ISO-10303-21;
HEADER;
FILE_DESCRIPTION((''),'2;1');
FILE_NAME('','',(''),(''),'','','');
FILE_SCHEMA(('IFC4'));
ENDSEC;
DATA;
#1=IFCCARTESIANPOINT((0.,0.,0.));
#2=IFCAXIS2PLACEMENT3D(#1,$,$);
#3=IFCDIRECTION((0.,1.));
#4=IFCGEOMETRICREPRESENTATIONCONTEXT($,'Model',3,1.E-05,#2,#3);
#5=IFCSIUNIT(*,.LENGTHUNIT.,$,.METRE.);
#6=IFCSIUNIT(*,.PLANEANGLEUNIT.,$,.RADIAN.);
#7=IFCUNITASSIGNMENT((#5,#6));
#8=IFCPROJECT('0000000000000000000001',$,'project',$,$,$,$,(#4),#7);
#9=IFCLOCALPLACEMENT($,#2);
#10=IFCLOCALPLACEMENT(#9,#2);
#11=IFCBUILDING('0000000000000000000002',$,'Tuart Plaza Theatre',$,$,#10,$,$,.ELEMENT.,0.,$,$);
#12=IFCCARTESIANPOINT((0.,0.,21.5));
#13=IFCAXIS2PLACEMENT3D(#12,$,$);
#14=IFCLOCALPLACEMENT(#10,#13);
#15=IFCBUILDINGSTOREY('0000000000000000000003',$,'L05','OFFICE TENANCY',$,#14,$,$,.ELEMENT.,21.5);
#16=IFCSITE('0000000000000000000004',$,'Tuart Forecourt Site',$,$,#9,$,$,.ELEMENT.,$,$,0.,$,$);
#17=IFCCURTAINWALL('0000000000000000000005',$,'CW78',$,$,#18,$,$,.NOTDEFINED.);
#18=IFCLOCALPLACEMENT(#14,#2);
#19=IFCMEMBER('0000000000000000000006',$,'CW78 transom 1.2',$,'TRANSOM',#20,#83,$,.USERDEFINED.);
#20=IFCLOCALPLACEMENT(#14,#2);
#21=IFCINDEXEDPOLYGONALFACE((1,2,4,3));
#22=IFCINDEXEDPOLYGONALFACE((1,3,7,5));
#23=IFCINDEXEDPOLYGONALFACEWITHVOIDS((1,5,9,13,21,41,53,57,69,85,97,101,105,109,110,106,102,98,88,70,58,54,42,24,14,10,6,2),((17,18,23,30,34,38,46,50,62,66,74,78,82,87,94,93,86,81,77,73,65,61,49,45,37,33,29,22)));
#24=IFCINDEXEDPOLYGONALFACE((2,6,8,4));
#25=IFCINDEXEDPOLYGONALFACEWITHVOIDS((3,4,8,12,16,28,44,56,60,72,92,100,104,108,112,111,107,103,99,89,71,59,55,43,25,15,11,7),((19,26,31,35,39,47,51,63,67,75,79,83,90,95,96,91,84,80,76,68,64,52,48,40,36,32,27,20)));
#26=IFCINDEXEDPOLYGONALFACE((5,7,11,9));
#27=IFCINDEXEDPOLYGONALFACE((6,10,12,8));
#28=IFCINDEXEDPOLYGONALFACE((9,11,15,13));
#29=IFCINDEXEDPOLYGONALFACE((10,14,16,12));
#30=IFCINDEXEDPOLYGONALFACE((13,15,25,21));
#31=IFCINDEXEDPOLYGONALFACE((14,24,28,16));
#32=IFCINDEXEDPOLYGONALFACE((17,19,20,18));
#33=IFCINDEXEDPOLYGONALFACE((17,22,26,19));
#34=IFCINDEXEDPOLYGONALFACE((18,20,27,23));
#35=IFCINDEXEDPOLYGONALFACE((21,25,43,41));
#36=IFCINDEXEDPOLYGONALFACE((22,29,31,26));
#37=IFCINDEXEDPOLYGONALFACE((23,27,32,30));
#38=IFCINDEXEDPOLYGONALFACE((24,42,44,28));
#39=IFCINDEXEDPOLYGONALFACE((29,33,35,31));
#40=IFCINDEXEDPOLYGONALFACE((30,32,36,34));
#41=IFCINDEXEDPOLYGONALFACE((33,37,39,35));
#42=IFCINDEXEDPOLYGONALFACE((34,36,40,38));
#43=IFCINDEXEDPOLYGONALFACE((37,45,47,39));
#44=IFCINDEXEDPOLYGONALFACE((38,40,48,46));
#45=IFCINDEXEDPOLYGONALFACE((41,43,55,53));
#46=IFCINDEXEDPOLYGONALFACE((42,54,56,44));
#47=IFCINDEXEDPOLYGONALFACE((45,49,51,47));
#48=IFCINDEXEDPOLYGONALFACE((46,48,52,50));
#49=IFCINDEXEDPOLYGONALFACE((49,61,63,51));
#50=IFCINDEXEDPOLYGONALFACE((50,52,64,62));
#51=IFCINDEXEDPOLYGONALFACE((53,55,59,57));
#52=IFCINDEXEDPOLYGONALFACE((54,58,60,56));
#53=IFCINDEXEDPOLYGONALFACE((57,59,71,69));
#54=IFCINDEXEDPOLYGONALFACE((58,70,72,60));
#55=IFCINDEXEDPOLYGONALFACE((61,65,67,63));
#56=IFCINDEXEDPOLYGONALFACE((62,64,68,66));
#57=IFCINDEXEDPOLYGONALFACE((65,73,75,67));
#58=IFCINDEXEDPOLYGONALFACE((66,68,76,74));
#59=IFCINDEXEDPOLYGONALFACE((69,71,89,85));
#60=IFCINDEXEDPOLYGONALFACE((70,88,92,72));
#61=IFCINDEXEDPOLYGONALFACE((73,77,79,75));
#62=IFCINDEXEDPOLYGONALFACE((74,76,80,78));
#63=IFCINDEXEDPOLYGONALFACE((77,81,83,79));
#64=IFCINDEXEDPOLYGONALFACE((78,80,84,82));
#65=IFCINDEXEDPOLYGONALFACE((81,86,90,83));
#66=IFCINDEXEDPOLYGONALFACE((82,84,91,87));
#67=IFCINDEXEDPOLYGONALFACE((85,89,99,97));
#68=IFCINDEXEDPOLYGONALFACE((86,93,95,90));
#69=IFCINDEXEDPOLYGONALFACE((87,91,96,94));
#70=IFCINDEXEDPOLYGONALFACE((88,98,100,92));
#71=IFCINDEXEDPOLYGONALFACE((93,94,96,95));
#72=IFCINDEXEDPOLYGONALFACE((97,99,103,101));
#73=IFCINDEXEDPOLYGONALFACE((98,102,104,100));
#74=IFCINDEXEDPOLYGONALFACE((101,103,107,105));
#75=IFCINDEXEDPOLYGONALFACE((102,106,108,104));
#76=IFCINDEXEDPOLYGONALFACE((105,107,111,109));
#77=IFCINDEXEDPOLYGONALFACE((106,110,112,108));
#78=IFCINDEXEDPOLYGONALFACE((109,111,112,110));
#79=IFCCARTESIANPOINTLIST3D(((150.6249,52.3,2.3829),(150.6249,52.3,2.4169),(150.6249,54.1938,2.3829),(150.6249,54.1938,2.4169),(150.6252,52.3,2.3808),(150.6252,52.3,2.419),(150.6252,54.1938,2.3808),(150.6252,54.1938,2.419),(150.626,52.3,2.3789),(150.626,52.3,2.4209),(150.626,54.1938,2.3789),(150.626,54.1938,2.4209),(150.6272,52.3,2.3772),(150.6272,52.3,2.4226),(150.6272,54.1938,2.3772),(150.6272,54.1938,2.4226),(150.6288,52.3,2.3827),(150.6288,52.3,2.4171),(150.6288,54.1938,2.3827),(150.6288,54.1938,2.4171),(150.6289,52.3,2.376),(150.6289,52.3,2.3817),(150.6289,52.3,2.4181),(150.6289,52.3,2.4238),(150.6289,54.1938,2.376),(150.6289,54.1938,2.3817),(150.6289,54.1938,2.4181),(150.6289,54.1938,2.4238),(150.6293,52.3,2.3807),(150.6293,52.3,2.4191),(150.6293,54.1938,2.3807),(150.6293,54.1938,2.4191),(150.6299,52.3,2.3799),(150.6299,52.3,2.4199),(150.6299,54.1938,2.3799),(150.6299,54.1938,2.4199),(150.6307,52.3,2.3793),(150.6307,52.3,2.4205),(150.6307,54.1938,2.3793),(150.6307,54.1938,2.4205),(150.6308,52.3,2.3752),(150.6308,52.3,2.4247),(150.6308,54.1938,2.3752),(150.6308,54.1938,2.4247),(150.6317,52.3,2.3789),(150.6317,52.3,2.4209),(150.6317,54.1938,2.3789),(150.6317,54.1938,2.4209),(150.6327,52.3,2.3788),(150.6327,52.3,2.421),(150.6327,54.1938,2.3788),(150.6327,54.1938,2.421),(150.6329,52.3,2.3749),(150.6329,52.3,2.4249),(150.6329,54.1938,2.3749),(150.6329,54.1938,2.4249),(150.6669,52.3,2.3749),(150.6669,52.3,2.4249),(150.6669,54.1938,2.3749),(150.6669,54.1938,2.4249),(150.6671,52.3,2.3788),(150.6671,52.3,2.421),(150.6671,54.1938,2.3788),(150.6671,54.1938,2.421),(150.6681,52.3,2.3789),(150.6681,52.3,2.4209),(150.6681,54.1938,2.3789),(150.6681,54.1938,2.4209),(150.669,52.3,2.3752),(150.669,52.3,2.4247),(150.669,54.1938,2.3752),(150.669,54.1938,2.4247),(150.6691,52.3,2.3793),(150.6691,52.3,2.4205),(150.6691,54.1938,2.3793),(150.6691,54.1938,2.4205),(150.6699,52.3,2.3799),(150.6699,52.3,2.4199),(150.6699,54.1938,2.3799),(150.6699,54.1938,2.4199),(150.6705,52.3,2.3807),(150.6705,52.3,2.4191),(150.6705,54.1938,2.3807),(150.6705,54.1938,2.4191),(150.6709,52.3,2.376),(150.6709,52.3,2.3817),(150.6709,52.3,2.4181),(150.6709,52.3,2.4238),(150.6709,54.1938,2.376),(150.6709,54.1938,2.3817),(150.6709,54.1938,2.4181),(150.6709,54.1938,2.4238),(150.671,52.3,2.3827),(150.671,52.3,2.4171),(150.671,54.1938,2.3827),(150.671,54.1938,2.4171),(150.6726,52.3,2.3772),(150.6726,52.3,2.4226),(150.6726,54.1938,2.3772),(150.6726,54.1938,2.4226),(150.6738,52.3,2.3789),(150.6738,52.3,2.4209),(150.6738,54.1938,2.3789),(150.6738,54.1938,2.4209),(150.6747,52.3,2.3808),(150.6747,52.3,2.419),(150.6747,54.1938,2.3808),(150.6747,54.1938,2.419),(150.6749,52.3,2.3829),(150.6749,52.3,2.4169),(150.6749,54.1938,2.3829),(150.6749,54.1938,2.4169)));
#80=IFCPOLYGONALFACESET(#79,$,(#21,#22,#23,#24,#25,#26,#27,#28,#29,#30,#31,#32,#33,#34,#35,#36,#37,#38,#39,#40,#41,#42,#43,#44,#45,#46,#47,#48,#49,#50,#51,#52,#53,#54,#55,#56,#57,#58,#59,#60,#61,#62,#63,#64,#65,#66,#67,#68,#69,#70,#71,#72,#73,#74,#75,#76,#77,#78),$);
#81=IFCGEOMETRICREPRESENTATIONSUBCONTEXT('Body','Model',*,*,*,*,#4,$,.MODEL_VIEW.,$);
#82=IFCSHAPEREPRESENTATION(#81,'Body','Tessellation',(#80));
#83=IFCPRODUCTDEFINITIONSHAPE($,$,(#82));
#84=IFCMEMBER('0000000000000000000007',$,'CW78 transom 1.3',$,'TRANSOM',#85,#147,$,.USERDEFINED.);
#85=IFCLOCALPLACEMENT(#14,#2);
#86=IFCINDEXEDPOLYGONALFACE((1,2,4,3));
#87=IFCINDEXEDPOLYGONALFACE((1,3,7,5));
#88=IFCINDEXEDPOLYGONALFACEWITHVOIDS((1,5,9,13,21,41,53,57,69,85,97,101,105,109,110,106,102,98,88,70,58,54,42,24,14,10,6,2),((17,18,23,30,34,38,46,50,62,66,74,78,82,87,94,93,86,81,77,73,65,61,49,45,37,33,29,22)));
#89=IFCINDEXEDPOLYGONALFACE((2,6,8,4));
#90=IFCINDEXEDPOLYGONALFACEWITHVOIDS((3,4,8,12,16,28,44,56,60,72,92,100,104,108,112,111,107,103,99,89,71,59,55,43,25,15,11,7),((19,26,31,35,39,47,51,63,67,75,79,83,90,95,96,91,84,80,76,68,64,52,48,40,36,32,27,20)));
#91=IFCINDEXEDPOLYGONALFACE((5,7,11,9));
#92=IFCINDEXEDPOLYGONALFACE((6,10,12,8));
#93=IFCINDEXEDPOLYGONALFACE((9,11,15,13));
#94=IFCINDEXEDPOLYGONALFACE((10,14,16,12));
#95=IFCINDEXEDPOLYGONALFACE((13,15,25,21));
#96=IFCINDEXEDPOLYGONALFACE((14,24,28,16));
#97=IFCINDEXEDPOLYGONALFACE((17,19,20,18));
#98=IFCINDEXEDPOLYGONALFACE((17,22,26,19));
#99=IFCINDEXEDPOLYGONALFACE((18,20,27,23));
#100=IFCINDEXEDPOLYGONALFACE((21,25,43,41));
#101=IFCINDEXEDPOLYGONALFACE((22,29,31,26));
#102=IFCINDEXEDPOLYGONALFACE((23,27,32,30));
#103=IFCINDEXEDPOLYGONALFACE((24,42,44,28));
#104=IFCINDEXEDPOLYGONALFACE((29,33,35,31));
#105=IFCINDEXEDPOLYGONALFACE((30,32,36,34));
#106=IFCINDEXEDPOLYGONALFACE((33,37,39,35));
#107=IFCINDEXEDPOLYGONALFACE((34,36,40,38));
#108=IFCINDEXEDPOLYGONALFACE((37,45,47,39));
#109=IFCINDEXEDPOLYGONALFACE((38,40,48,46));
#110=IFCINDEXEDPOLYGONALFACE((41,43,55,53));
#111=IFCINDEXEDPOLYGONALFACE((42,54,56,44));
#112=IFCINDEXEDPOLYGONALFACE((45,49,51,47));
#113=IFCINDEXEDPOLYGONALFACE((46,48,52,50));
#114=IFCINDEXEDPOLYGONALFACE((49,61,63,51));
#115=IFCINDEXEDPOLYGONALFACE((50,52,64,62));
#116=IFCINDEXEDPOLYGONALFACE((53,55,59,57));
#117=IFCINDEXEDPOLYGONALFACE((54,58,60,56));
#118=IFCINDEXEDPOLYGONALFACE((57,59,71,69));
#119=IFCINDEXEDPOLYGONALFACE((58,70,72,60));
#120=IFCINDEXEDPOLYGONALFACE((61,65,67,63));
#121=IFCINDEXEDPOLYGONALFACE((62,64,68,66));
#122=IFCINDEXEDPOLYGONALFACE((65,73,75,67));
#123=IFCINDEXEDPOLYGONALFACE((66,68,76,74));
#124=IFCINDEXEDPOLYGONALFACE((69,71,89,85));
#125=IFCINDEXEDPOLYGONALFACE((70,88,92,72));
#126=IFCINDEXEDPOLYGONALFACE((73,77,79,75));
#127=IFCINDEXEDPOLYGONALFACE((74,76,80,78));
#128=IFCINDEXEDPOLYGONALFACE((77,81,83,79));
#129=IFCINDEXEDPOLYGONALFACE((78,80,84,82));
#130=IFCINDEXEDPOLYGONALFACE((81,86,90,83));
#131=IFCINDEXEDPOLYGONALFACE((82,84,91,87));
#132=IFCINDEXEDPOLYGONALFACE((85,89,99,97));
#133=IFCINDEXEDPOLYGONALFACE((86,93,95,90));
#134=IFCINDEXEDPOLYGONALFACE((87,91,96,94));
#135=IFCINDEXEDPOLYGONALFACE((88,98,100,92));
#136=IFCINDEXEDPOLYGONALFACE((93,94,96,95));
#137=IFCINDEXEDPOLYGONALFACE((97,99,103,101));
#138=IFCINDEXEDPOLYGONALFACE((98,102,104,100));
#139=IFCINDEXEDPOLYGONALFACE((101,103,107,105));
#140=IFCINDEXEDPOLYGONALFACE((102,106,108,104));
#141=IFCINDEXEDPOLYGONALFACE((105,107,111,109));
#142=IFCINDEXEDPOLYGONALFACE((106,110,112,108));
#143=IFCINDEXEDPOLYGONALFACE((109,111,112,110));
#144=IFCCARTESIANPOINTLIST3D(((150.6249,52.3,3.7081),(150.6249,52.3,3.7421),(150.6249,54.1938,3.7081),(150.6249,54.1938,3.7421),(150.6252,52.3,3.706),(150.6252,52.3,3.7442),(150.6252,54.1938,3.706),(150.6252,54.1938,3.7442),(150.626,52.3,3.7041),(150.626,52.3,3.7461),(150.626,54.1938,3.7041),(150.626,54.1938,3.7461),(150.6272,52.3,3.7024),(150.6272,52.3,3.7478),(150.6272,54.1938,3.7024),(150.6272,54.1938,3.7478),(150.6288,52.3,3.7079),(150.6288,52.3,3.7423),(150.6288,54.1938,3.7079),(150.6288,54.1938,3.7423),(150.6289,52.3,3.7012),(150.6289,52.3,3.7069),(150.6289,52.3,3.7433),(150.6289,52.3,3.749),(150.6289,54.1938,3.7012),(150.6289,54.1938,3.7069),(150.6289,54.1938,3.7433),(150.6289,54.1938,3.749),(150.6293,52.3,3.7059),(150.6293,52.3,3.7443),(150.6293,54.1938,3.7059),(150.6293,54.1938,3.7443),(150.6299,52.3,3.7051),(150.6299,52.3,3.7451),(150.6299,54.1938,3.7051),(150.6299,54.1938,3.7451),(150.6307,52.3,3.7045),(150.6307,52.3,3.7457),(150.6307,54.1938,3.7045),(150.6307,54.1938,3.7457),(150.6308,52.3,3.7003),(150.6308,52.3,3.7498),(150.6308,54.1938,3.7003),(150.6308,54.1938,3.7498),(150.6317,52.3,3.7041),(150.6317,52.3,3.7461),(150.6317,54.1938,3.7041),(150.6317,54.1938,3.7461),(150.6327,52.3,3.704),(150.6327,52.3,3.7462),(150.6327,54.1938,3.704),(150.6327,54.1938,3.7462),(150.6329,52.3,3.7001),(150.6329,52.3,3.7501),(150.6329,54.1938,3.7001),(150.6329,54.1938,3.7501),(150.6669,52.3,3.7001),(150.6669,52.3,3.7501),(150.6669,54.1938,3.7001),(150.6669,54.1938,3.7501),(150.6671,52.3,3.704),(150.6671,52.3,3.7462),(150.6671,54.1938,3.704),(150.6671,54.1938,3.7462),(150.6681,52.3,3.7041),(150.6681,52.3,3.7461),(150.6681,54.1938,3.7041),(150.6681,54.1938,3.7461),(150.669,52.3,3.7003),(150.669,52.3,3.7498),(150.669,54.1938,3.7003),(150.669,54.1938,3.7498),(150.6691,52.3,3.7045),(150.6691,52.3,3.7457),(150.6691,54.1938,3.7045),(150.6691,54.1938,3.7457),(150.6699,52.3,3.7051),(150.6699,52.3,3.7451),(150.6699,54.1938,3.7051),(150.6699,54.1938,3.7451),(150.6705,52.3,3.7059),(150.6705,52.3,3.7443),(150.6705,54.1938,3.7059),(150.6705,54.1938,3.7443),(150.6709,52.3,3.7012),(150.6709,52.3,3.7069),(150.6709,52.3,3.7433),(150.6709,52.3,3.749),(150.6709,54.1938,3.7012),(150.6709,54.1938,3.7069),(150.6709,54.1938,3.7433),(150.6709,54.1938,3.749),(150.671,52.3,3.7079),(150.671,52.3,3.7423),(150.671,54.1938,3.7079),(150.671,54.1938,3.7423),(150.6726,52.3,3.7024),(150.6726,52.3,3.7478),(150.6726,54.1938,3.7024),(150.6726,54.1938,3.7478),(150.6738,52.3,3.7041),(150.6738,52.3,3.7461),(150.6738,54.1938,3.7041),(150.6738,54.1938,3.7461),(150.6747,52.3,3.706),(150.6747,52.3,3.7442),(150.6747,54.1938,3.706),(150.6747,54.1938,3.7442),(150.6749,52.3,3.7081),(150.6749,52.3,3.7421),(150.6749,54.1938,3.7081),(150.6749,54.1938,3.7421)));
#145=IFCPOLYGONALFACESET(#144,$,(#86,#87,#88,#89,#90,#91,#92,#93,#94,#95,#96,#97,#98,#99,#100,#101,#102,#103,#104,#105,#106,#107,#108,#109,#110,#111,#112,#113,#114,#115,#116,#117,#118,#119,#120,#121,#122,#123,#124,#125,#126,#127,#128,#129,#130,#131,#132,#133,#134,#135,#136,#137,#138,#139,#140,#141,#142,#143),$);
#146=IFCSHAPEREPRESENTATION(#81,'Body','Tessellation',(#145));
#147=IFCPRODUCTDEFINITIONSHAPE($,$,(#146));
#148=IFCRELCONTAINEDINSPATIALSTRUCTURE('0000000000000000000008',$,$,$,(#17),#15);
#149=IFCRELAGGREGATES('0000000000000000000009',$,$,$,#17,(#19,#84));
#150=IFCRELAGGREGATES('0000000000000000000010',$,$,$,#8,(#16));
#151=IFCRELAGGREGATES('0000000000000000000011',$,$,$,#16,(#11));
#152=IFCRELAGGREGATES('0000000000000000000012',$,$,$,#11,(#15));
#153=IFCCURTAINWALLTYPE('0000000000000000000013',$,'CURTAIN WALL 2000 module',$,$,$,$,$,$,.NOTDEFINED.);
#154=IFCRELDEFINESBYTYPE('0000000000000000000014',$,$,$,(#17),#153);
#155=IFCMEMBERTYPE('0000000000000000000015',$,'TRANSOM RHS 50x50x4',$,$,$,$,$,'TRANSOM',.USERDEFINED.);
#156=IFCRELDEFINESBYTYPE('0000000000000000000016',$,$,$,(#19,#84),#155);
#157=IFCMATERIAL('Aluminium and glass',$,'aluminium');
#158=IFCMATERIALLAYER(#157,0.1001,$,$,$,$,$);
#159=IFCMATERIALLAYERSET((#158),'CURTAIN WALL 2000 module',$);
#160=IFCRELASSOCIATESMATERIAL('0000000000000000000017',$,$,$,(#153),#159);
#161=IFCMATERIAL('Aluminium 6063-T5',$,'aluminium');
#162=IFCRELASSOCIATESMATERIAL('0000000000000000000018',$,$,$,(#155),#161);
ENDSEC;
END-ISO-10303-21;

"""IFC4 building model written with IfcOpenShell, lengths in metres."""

from ifc_helpers import new_model, si_unit, direction, frame, origin, origin_2d, place, context, subcontext, project, spatial, hollow_rectangle, extrude, material, layer, layer_set, material_profile, profile_set, type_object, element, aggregate, save


model = new_model("IFC4")

# Units and contexts
model_context = context("Model", 3, precision=1e-05, world=origin(), true_north=direction((0.0, 1.0)))
body_context = subcontext(model_context, "Body", "Model", "MODEL_VIEW")
ifc_project = project(units=[si_unit("LENGTHUNIT", "METRE"), si_unit("PLANEANGLEUNIT", "RADIAN")], contexts=[model_context])

# Site, building, storey
site_placement = place(None, origin())
site = spatial("IfcSite", under=ifc_project, at=site_placement, Name="Tuart Forecourt Site", CompositionType="ELEMENT", RefElevation=0.0)
building_placement = place(site_placement, origin())
building = spatial("IfcBuilding", under=site, at=building_placement, Name="Tuart Plaza Theatre", CompositionType="ELEMENT", ElevationOfRefHeight=0.0)
storey_placement = place(building_placement, frame((0.0, 0.0, 21.5)))
storey = spatial("IfcBuildingStorey", under=building, at=storey_placement, Name="L05", Description="OFFICE TENANCY", CompositionType="ELEMENT", Elevation=21.5)

# Curtain wall
ifc_material_1 = material(Name="Aluminium and glass", Category="aluminium")
ifc_layer_1 = layer(ifc_material_1, 0.1001)
ifc_layer_set_1 = layer_set([ifc_layer_1], Name="CURTAIN WALL 2000 module")
curtain_wall_type = type_object("IfcCurtainWallType", Name="CURTAIN WALL 2000 module", PredefinedType="NOTDEFINED", material=ifc_layer_set_1)
curtain_wall_1_placement = place(storey_placement, origin())
curtain_wall_1 = element("IfcCurtainWall", 1, at=curtain_wall_1_placement, inside=storey, type_object=curtain_wall_type, Name="CW78", PredefinedType="NOTDEFINED")

# Members
ifc_material_2 = material(Name="Aluminium 6063-T5", Category="aluminium")
ifc_material_profile_1 = material_profile(ifc_material_2, hollow_rectangle(XDim=0.05, YDim=0.05, WallThickness=0.0039, InnerFilletRadius=0.0039, OuterFilletRadius=0.0081, at=origin_2d()), Name="RHS 50x50x4")
ifc_profile_set_1 = profile_set([ifc_material_profile_1], Name="Aluminium 6063-T5")
member_type_1 = type_object("IfcMemberType", Name="TRANSOM RHS 50x50x4", ElementType="TRANSOM", PredefinedType="USERDEFINED", material=ifc_profile_set_1)
member_1_placement = place(storey_placement, frame((150.6499, 52.3, 2.3999), z_axis=(0.0, 1.0, 0.0), x_axis=(-1.0, 0.0, 0.0)))
member_1 = element("IfcMember", 2, at=member_1_placement, type_object=member_type_1, Name="CW78 transom 1.2", ObjectType="TRANSOM", PredefinedType="USERDEFINED", context=body_context, shape_type="SweptSolid", body=[
    extrude(hollow_rectangle(XDim=0.05, YDim=0.05, WallThickness=0.0039, InnerFilletRadius=0.0039, OuterFilletRadius=0.0081, at=origin_2d()), origin(), (0.0, 0.0, 1.0), 1.8938),
])
member_2_placement = place(storey_placement, frame((150.6499, 52.3, 3.7251), z_axis=(0.0, 1.0, 0.0), x_axis=(-1.0, 0.0, 0.0)))
member_2 = element("IfcMember", 3, at=member_2_placement, type_object=member_type_1, Name="CW78 transom 1.3", ObjectType="TRANSOM", PredefinedType="USERDEFINED", context=body_context, shape_type="SweptSolid", body=[
    extrude(hollow_rectangle(XDim=0.05, YDim=0.05, WallThickness=0.0039, InnerFilletRadius=0.0039, OuterFilletRadius=0.0081, at=origin_2d()), origin(), (0.0, 0.0, 1.0), 1.8938),
])

aggregate(curtain_wall_1, [member_1, member_2])

save(model, "model.ifc")
